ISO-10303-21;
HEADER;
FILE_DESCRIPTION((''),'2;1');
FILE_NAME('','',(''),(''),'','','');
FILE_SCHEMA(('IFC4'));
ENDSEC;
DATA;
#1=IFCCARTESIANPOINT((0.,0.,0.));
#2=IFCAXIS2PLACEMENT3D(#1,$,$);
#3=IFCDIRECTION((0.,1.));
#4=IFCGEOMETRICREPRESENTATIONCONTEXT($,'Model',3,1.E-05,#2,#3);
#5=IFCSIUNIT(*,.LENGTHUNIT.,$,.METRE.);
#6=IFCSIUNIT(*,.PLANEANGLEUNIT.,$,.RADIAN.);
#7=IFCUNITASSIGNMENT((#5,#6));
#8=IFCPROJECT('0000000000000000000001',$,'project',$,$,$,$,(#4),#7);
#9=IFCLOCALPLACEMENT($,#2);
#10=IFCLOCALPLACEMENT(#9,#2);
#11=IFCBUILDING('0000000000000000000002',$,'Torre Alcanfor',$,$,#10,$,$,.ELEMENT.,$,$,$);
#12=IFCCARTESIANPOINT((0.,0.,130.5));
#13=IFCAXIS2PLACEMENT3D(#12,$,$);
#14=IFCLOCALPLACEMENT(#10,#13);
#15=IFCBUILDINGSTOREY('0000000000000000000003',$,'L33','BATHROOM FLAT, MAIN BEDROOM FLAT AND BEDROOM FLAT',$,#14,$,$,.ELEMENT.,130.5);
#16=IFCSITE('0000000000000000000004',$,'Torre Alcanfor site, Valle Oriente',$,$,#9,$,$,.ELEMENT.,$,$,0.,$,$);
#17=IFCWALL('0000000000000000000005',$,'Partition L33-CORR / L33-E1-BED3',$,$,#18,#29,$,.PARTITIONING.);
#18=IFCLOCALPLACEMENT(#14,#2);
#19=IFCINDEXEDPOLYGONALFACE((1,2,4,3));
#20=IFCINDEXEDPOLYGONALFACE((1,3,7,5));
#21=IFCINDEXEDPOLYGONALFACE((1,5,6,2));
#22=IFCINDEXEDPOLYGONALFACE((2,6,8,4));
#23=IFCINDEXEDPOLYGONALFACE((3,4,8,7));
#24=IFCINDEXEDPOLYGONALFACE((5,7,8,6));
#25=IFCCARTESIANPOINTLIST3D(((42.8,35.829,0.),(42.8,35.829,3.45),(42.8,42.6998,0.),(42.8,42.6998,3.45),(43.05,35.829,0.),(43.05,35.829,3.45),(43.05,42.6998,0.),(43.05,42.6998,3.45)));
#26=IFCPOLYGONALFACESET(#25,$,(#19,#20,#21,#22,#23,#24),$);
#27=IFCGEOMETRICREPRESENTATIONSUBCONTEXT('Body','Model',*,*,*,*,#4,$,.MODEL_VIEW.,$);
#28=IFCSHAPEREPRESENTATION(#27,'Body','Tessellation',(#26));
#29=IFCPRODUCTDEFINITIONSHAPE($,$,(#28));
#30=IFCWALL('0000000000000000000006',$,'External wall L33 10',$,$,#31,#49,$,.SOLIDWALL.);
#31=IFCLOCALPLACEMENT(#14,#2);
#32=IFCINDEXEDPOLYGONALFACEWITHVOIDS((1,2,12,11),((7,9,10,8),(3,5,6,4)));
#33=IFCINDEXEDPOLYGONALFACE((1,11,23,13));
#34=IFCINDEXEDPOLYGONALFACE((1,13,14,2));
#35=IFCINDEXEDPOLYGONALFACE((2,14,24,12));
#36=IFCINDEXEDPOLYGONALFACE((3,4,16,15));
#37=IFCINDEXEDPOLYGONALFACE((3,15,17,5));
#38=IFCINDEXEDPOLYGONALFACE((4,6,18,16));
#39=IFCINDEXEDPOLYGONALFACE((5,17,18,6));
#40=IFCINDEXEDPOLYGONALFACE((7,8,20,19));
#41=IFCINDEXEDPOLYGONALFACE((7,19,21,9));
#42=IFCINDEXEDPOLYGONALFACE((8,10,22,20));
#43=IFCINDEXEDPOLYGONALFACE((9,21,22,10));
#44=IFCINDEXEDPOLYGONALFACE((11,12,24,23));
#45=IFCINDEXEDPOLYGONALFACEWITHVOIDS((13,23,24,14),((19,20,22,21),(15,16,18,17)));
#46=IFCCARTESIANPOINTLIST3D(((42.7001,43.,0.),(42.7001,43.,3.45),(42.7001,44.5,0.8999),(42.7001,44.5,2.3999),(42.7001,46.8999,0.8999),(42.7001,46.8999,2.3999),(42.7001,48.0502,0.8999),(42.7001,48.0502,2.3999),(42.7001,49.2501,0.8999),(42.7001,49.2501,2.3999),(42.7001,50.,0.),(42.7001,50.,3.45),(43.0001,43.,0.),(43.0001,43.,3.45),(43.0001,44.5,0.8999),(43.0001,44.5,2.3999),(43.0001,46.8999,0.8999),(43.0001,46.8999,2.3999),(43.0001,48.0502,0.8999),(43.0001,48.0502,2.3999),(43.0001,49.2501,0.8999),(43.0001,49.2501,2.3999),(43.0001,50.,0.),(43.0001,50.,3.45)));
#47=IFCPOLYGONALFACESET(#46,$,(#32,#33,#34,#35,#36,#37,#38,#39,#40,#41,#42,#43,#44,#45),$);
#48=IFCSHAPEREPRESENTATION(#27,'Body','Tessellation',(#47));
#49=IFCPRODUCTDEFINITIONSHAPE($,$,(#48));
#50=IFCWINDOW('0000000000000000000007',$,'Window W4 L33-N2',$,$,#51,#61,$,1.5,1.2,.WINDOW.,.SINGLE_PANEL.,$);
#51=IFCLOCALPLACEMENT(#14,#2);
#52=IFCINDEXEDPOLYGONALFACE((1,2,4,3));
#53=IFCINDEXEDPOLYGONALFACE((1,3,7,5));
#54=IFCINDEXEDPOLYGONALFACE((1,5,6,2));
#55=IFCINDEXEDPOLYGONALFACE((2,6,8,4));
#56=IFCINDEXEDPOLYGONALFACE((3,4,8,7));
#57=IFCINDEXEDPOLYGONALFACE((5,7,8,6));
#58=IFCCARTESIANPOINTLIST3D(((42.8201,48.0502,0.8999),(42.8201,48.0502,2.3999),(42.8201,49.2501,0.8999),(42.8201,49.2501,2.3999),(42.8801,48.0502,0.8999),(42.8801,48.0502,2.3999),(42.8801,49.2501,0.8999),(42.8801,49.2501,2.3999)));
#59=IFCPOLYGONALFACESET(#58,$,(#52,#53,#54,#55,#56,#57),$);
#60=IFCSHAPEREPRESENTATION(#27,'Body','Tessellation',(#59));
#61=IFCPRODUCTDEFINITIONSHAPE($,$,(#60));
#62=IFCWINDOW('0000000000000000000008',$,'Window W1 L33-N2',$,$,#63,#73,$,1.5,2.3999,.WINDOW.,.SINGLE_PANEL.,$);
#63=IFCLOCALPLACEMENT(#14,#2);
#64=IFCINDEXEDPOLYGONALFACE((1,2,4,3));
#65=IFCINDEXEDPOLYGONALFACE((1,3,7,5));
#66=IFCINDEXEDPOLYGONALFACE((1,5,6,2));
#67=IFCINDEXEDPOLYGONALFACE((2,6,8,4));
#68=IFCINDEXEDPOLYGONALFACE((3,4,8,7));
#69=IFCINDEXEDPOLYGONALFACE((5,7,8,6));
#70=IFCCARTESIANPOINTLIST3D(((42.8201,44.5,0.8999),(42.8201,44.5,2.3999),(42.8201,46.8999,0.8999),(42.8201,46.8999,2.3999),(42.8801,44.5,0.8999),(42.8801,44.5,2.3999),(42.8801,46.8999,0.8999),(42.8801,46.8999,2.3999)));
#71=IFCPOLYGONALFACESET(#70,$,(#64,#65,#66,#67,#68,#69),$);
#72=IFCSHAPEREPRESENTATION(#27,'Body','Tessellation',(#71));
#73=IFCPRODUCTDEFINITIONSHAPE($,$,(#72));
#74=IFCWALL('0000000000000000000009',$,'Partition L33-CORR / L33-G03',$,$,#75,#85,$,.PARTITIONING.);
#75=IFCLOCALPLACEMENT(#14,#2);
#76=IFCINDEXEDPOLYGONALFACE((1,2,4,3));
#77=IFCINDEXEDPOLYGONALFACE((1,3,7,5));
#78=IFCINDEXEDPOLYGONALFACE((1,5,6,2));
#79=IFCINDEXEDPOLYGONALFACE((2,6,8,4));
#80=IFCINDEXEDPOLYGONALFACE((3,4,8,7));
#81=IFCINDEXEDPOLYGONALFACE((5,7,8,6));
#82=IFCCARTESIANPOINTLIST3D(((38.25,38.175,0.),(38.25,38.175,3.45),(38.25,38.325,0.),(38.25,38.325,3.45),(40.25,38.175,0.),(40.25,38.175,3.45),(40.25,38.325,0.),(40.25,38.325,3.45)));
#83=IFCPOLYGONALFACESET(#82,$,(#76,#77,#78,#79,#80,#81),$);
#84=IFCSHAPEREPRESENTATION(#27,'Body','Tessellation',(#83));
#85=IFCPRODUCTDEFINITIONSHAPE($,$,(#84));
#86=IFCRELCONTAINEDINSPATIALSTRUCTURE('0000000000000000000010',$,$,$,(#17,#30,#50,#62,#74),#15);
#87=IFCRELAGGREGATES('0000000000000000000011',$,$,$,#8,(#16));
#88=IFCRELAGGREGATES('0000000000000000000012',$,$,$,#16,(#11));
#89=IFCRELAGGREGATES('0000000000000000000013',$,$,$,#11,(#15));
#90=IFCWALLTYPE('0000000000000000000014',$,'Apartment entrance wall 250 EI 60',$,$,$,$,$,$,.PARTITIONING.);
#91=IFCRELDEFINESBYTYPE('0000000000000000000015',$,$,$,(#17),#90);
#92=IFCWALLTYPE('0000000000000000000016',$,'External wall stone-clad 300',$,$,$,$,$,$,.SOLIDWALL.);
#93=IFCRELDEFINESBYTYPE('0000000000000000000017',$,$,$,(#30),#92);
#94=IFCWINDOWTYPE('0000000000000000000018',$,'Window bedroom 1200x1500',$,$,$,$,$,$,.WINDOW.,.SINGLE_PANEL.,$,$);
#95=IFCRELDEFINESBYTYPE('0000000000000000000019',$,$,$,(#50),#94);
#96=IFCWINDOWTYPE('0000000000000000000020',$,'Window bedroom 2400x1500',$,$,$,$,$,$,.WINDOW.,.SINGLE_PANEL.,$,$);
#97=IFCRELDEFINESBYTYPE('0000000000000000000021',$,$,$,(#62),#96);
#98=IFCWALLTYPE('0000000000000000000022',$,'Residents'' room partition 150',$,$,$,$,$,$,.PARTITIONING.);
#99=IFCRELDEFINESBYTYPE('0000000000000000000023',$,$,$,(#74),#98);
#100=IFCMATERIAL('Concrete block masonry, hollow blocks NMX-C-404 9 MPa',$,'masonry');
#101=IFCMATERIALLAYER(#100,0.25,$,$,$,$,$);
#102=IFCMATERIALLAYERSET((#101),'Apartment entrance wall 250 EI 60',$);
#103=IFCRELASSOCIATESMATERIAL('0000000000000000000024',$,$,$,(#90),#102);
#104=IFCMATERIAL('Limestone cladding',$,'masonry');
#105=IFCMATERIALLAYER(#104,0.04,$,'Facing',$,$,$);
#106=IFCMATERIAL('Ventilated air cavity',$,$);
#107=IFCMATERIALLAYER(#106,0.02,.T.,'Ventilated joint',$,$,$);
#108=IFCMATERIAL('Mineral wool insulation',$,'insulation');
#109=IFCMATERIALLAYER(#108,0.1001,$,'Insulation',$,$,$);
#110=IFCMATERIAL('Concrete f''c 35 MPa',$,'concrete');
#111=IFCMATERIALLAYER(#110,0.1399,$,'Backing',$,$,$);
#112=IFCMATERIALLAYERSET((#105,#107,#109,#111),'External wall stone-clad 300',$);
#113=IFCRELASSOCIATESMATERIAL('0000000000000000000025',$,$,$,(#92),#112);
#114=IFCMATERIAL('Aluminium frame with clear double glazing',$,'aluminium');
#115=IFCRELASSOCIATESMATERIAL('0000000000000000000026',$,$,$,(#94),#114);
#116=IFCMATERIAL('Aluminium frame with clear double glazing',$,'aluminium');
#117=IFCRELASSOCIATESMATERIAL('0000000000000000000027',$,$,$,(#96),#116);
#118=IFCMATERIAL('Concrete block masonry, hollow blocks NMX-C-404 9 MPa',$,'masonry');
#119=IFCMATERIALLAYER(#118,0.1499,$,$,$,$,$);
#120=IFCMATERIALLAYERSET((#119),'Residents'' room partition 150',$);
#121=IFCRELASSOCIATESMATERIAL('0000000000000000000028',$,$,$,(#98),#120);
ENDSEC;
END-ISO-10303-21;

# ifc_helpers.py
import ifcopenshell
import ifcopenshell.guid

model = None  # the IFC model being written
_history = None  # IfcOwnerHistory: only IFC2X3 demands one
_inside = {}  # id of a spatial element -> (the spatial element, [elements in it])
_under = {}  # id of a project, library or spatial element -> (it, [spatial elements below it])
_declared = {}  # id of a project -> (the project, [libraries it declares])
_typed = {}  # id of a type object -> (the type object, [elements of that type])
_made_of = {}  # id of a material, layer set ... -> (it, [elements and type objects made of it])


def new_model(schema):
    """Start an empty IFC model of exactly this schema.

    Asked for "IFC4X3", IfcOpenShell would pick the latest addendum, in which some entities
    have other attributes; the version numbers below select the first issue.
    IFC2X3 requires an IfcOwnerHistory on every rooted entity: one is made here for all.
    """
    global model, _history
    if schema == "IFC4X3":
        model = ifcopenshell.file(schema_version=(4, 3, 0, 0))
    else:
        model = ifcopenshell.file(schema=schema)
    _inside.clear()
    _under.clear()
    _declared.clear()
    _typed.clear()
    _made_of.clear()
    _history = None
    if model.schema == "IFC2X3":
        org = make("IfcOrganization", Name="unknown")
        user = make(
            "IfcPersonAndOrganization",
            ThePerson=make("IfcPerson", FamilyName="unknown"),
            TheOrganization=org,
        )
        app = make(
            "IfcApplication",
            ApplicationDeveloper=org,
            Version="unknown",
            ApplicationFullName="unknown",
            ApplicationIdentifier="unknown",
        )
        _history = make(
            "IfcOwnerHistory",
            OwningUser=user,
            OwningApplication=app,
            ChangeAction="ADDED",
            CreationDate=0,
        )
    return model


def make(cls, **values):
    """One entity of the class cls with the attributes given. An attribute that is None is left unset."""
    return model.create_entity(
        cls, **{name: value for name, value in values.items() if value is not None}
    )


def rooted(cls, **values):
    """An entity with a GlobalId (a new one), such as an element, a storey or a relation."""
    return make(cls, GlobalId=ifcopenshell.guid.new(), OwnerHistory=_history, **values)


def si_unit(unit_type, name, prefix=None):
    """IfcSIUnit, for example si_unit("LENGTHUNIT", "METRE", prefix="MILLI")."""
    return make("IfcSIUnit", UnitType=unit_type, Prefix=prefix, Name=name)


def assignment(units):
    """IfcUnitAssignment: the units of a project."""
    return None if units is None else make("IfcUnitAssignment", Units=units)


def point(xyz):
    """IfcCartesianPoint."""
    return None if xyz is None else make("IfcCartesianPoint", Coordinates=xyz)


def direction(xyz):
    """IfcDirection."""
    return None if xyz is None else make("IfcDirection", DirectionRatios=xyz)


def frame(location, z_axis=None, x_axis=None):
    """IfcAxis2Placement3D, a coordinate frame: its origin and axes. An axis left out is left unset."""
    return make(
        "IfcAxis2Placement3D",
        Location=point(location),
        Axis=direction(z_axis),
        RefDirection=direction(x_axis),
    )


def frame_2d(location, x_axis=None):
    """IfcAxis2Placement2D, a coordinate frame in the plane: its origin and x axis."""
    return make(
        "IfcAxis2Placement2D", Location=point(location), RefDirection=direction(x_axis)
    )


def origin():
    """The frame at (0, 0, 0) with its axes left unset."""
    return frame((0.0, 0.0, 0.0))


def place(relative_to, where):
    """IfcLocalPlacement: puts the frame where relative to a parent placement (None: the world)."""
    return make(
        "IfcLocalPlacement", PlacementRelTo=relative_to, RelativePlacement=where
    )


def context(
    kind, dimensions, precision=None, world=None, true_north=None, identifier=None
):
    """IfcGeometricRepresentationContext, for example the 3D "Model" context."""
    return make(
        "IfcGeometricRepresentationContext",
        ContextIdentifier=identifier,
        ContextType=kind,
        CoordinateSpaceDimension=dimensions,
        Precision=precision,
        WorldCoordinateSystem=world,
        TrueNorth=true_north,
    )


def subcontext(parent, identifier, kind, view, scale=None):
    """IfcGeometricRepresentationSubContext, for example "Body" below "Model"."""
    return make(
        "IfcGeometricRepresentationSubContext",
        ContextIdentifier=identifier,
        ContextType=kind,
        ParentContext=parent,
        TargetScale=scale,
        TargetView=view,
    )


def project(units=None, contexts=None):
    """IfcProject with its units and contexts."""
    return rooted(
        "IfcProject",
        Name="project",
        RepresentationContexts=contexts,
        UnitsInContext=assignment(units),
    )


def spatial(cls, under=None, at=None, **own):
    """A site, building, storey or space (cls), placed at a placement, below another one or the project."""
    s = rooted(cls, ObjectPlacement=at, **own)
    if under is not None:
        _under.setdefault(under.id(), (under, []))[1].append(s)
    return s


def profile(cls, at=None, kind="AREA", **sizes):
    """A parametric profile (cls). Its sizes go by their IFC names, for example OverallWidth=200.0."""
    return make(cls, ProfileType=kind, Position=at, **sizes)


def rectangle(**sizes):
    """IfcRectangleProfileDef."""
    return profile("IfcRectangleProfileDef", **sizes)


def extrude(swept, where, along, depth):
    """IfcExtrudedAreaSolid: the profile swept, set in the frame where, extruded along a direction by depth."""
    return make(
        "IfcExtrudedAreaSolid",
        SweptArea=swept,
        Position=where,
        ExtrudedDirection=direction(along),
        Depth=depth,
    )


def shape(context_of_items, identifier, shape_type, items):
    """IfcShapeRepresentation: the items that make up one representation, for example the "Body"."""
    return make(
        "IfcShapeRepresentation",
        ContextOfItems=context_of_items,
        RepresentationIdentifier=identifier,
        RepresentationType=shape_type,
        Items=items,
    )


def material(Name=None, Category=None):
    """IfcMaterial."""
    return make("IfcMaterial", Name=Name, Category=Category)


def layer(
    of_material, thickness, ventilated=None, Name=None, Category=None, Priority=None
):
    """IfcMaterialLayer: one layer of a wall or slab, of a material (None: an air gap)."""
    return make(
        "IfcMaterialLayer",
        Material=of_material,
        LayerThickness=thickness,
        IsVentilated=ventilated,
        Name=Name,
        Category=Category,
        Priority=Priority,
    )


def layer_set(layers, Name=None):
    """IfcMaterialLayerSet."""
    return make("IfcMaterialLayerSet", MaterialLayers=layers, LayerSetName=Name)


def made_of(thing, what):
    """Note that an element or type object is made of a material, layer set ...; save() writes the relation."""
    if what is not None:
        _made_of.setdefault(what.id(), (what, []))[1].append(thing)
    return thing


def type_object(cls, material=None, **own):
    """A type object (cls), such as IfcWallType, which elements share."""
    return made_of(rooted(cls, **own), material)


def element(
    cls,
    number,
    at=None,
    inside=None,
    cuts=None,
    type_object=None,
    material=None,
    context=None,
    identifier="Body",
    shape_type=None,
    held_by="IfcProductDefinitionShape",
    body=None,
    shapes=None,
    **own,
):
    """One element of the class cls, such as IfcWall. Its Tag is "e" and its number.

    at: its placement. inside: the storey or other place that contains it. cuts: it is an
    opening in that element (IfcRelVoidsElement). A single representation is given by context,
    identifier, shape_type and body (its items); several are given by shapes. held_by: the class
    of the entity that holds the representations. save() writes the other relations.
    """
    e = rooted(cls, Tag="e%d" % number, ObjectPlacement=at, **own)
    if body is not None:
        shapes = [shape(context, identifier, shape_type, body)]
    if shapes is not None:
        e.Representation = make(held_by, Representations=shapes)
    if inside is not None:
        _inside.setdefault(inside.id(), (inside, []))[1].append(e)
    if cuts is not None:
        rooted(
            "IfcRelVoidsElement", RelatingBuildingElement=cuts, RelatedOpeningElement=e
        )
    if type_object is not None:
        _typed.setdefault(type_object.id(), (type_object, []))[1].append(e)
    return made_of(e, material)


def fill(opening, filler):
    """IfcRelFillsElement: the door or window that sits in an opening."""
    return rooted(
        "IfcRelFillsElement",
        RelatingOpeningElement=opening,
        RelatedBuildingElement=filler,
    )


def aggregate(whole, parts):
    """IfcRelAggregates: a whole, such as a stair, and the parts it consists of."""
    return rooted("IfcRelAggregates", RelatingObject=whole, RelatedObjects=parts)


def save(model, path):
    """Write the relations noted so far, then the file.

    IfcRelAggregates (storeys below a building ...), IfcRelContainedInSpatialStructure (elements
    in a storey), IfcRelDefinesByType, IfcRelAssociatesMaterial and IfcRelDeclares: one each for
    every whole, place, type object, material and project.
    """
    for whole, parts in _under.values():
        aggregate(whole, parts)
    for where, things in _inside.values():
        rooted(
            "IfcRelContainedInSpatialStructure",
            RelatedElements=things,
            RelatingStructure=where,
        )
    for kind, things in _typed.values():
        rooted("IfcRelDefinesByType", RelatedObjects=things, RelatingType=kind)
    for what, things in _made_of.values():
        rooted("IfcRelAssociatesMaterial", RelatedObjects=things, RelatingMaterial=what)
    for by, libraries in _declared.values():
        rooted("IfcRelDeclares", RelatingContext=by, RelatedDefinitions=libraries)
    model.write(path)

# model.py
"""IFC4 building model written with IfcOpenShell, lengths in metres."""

from ifc_helpers import new_model, si_unit, direction, frame, frame_2d, origin, place, context, subcontext, project, spatial, rectangle, extrude, material, layer, layer_set, type_object, element, fill, save


model = new_model("IFC4")

# Units and contexts
model_context = context("Model", 3, precision=1e-05, world=origin(), true_north=direction((0.0, 1.0)))
body_context = subcontext(model_context, "Body", "Model", "MODEL_VIEW")
ifc_project = project(units=[si_unit("LENGTHUNIT", "METRE"), si_unit("PLANEANGLEUNIT", "RADIAN")], contexts=[model_context])

# Site, building, storey
site_placement = place(None, origin())
site = spatial("IfcSite", under=ifc_project, at=site_placement, Name="Torre Alcanfor site, Valle Oriente", CompositionType="ELEMENT", RefElevation=0.0)
building_placement = place(site_placement, origin())
building = spatial("IfcBuilding", under=site, at=building_placement, Name="Torre Alcanfor", CompositionType="ELEMENT")
storey_placement = place(building_placement, frame((0.0, 0.0, 130.5)))
storey = spatial("IfcBuildingStorey", under=building, at=storey_placement, Name="L33", Description="BATHROOM FLAT, MAIN BEDROOM FLAT AND BEDROOM FLAT", CompositionType="ELEMENT", Elevation=130.5)

# Wall
ifc_material_1 = material(Name="Concrete block masonry, hollow blocks NMX-C-404 9 MPa", Category="masonry")
ifc_layer_1 = layer(ifc_material_1, 0.25)
ifc_layer_set_1 = layer_set([ifc_layer_1], Name="Apartment entrance wall 250 EI 60")
wall_type_1 = type_object("IfcWallType", Name="Apartment entrance wall 250 EI 60", PredefinedType="PARTITIONING", material=ifc_layer_set_1)
wall_1_placement = place(storey_placement, frame((42.925, 42.7, 0.0), z_axis=(0.0, 0.0, 1.0), x_axis=(0.0, -1.0, 0.0)))
element("IfcWall", 1, at=wall_1_placement, inside=storey, type_object=wall_type_1, Name="Partition L33-CORR / L33-E1-BED3", PredefinedType="PARTITIONING", context=body_context, shape_type="SweptSolid", body=[
    extrude(rectangle(XDim=6.8708, YDim=0.25, at=frame_2d((3.4355, 0.0))), origin(), (0.0, 0.0, 1.0), 3.45),
])

# Wall, openings, windows
ifc_material_2 = material(Name="Limestone cladding", Category="masonry")
ifc_layer_2 = layer(ifc_material_2, 0.04, Name="Facing")
ifc_material_3 = material(Name="Ventilated air cavity")
ifc_layer_3 = layer(ifc_material_3, 0.02, ventilated=True, Name="Ventilated joint")
ifc_material_4 = material(Name="Mineral wool insulation", Category="insulation")
ifc_layer_4 = layer(ifc_material_4, 0.1001, Name="Insulation")
ifc_material_5 = material(Name="Concrete f'c 35 MPa", Category="concrete")
ifc_layer_5 = layer(ifc_material_5, 0.1399, Name="Backing")
ifc_layer_set_2 = layer_set([ifc_layer_2, ifc_layer_3, ifc_layer_4, ifc_layer_5], Name="External wall stone-clad 300")
wall_type_2 = type_object("IfcWallType", Name="External wall stone-clad 300", PredefinedType="SOLIDWALL", material=ifc_layer_set_2)
wall_2_placement = place(storey_placement, frame((42.8501, 43.0, 0.0), z_axis=(0.0, 0.0, 1.0), x_axis=(0.0, 1.0, 0.0)))
wall_2 = element("IfcWall", 2, at=wall_2_placement, inside=storey, type_object=wall_type_2, Name="External wall L33 10", PredefinedType="SOLIDWALL", context=body_context, shape_type="SweptSolid", body=[
    extrude(rectangle(XDim=7.0, YDim=0.3, at=frame_2d((3.5, 0.0))), origin(), (0.0, 0.0, 1.0), 3.45),
])
opening_1_placement = place(wall_2_placement, frame((1.5, 0.0, 0.8999)))
opening_1 = element("IfcOpeningElement", 3, at=opening_1_placement, cuts=wall_2, PredefinedType="OPENING", context=body_context, shape_type="SweptSolid", body=[
    extrude(rectangle(XDim=2.3999, YDim=1.5, at=frame_2d((1.2, 0.75))), frame((0.0, 0.1599, 0.0), z_axis=(0.0, -1.0, 0.0), x_axis=(1.0, 0.0, 0.0)), (0.0, 0.0, 1.0), 0.3201),
])
opening_2_placement = place(wall_2_placement, frame((5.05, 0.0, 0.8999)))
opening_2 = element("IfcOpeningElement", 4, at=opening_2_placement, cuts=wall_2, PredefinedType="OPENING", context=body_context, shape_type="SweptSolid", body=[
    extrude(rectangle(XDim=1.2, YDim=1.5, at=frame_2d((0.6001, 0.75))), frame((0.0, 0.1599, 0.0), z_axis=(0.0, -1.0, 0.0), x_axis=(1.0, 0.0, 0.0)), (0.0, 0.0, 1.0), 0.3201),
])
ifc_material_6 = material(Name="Aluminium frame with clear double glazing", Category="aluminium")
window_type_1 = type_object("IfcWindowType", Name="Window bedroom 1200x1500", PartitioningType="SINGLE_PANEL", PredefinedType="WINDOW", material=ifc_material_6)
window_1_placement = place(opening_2_placement, origin())
window_1 = element("IfcWindow", 5, at=window_1_placement, inside=storey, type_object=window_type_1, Name="Window W4 L33-N2", OverallHeight=1.5, OverallWidth=1.2, PartitioningType="SINGLE_PANEL", PredefinedType="WINDOW", context=body_context, shape_type="SweptSolid", body=[
    extrude(rectangle(XDim=1.2, YDim=1.5, at=frame_2d((0.6001, 0.75))), frame((0.0, 0.03, 0.0), z_axis=(0.0, -1.0, 0.0), x_axis=(1.0, 0.0, 0.0)), (0.0, 0.0, 1.0), 0.0601),
])
fill(opening_2, window_1)
ifc_material_7 = material(Name="Aluminium frame with clear double glazing", Category="aluminium")
window_type_2 = type_object("IfcWindowType", Name="Window bedroom 2400x1500", PartitioningType="SINGLE_PANEL", PredefinedType="WINDOW", material=ifc_material_7)
window_2_placement = place(opening_1_placement, origin())
window_2 = element("IfcWindow", 6, at=window_2_placement, inside=storey, type_object=window_type_2, Name="Window W1 L33-N2", OverallHeight=1.5, OverallWidth=2.3999, PartitioningType="SINGLE_PANEL", PredefinedType="WINDOW", context=body_context, shape_type="SweptSolid", body=[
    extrude(rectangle(XDim=2.3999, YDim=1.5, at=frame_2d((1.2, 0.75))), frame((0.0, 0.03, 0.0), z_axis=(0.0, -1.0, 0.0), x_axis=(1.0, 0.0, 0.0)), (0.0, 0.0, 1.0), 0.0601),
])
fill(opening_1, window_2)

# Wall
ifc_material_8 = material(Name="Concrete block masonry, hollow blocks NMX-C-404 9 MPa", Category="masonry")
ifc_layer_6 = layer(ifc_material_8, 0.1499)
ifc_layer_set_3 = layer_set([ifc_layer_6], Name="Residents' room partition 150")
wall_type_3 = type_object("IfcWallType", Name="Residents' room partition 150", PredefinedType="PARTITIONING", material=ifc_layer_set_3)
wall_3_placement = place(storey_placement, frame((40.25, 38.25, 0.0), z_axis=(0.0, 0.0, 1.0), x_axis=(-1.0, 0.0, 0.0)))
element("IfcWall", 7, at=wall_3_placement, inside=storey, type_object=wall_type_3, Name="Partition L33-CORR / L33-G03", PredefinedType="PARTITIONING", context=body_context, shape_type="SweptSolid", body=[
    extrude(rectangle(XDim=2.0, YDim=0.1499, at=frame_2d((1.0, 0.0))), origin(), (0.0, 0.0, 1.0), 3.45),
])

save(model, "model.ifc")
